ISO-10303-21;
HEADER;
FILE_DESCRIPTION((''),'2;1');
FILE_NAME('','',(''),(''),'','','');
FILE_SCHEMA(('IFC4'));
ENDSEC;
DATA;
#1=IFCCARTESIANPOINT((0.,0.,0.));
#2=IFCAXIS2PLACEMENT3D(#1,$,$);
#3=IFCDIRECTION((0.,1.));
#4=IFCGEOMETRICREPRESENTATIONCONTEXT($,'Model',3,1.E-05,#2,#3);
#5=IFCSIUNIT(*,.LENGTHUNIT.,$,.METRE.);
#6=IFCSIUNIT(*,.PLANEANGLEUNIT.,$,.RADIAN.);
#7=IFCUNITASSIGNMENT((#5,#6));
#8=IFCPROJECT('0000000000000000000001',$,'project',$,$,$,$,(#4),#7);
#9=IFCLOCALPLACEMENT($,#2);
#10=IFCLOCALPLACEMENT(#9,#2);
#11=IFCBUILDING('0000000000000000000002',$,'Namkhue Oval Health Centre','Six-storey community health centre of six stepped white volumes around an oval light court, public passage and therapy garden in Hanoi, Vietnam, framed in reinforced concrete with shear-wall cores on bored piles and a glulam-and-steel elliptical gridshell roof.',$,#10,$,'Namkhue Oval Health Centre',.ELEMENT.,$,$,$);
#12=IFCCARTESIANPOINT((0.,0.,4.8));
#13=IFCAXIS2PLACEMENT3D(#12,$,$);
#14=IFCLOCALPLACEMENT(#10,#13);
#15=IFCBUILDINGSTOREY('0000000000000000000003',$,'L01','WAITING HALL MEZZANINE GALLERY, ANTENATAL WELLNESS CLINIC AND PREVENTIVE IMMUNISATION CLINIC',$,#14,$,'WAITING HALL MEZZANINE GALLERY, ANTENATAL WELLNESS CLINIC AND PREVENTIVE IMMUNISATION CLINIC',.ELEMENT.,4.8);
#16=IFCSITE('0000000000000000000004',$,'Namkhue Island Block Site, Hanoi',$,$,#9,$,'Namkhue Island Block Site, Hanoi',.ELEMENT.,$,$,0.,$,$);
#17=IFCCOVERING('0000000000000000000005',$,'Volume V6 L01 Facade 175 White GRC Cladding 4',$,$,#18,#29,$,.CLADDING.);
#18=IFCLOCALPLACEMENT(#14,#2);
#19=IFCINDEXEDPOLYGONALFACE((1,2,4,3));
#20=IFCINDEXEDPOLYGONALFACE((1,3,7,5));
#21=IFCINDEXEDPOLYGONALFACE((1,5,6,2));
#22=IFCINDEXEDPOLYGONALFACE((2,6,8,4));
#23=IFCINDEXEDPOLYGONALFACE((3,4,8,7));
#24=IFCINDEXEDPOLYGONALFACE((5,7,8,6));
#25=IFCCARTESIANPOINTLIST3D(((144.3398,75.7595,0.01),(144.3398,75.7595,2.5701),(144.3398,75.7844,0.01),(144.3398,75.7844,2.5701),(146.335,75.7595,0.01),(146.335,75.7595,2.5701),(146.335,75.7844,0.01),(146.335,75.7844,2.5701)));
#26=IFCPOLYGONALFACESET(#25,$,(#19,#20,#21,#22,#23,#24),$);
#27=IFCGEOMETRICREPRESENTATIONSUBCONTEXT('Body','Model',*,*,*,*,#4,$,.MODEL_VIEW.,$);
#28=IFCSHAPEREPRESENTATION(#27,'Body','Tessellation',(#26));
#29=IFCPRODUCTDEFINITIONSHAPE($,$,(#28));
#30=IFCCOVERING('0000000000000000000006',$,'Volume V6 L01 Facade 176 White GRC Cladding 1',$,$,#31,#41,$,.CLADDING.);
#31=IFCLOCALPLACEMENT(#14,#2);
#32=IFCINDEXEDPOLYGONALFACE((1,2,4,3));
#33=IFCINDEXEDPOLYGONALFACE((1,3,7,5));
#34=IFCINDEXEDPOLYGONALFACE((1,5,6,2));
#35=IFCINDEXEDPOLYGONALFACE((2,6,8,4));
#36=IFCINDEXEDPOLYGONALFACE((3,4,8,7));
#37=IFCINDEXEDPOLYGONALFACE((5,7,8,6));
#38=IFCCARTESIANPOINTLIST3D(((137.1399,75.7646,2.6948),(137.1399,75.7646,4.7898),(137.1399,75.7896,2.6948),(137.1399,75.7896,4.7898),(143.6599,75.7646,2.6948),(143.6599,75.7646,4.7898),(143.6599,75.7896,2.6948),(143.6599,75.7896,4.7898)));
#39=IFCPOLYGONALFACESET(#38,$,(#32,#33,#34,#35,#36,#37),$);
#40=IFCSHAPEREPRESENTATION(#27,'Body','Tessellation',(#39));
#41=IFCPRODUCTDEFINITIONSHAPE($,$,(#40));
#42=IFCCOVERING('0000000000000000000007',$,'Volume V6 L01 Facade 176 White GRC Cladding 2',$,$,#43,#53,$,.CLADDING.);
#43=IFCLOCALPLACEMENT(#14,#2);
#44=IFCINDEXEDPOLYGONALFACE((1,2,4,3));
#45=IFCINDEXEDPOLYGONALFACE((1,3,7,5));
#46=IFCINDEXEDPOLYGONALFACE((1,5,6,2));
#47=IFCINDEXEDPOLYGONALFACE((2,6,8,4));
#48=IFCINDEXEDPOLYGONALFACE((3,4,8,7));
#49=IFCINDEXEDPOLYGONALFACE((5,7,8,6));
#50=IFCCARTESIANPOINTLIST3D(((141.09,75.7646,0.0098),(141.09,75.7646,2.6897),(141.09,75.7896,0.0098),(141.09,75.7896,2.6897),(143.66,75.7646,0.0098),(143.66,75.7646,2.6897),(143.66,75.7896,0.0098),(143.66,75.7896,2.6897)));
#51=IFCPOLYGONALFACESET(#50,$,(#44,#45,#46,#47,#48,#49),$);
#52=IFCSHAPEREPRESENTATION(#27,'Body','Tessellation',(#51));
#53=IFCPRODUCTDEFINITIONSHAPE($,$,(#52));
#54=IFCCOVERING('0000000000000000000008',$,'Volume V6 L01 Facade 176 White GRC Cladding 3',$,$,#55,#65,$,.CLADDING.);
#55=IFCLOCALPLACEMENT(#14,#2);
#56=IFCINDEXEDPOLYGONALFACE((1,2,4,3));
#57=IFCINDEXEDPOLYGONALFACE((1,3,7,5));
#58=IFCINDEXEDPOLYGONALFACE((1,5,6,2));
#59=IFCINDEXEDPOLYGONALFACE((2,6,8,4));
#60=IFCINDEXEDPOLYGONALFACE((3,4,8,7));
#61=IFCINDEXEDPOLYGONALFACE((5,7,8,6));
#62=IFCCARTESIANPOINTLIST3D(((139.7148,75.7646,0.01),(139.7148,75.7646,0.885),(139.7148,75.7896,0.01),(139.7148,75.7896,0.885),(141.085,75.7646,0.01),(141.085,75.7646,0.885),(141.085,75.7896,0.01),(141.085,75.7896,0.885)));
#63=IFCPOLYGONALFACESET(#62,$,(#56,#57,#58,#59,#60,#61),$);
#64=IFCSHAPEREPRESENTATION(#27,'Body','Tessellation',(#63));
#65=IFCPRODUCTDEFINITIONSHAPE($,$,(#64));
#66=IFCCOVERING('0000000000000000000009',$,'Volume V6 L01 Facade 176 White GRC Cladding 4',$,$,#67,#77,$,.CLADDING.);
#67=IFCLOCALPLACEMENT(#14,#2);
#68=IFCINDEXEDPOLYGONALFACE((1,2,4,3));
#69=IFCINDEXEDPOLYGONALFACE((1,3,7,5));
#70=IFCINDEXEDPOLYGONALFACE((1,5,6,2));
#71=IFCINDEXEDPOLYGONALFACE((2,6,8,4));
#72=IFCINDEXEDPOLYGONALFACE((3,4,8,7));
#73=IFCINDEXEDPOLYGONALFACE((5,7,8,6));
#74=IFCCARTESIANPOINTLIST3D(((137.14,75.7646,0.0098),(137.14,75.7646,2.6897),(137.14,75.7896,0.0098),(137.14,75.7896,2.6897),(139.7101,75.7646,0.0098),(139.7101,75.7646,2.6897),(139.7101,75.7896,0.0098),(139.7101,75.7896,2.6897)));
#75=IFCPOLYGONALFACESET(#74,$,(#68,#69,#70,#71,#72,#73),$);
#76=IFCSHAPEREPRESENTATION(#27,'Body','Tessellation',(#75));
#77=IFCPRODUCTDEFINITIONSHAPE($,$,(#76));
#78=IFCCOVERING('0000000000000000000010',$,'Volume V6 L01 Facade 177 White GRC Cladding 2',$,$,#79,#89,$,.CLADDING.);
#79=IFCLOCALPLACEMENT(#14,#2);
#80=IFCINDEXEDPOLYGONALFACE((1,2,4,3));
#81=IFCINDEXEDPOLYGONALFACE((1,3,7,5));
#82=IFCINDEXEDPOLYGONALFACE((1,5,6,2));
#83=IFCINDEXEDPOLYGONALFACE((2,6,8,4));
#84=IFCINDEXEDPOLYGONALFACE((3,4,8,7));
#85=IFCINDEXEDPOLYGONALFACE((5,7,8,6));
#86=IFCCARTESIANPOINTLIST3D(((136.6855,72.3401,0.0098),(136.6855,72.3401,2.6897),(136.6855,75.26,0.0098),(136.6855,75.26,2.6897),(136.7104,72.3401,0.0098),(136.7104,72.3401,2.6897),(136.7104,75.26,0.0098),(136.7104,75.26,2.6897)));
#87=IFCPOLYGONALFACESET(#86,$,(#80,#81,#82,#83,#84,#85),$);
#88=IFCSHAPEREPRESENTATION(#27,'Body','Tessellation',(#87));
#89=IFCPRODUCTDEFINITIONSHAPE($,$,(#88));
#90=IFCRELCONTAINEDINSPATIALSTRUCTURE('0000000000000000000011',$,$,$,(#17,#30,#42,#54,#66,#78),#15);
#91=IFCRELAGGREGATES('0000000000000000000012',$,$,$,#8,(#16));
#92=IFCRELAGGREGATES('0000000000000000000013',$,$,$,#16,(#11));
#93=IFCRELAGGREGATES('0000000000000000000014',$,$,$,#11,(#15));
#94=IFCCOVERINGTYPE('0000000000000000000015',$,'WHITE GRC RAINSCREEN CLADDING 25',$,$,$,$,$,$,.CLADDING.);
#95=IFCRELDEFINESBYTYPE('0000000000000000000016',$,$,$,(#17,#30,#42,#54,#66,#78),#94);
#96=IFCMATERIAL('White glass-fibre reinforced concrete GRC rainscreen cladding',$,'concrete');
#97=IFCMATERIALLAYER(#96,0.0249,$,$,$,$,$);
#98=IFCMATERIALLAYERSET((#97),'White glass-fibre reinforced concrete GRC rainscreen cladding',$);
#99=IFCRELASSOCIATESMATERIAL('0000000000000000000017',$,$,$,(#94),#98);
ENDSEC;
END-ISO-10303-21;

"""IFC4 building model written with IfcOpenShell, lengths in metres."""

from ifc_helpers import new_model, si_unit, direction, frame, origin, origin_2d, place, context, subcontext, project, spatial, rectangle, extrude, material, layer, layer_set, type_object, element, save


model = new_model("IFC4")

# Units and contexts
model_context = context("Model", 3, precision=1e-05, world=origin(), true_north=direction((0.0, 1.0)))
body_context = subcontext(model_context, "Body", "Model", "MODEL_VIEW")
ifc_project = project(units=[si_unit("LENGTHUNIT", "METRE"), si_unit("PLANEANGLEUNIT", "RADIAN")], contexts=[model_context])

# Site, building, storey
site_placement = place(None, origin())
site = spatial("IfcSite", under=ifc_project, at=site_placement, Name="Namkhue Island Block Site, Hanoi", LongName="Namkhue Island Block Site, Hanoi", CompositionType="ELEMENT", RefElevation=0.0)
building_placement = place(site_placement, origin())
building = spatial("IfcBuilding", under=site, at=building_placement, Name="Namkhue Oval Health Centre", Description="Six-storey community health centre of six stepped white volumes around an oval light court, public passage and therapy garden in Hanoi, Vietnam, framed in reinforced concrete with shear-wall cores on bored piles and a glulam-and-steel elliptical gridshell roof.", LongName="Namkhue Oval Health Centre", CompositionType="ELEMENT")
storey_placement = place(building_placement, frame((0.0, 0.0, 4.8)))
storey = spatial("IfcBuildingStorey", under=building, at=storey_placement, Name="L01", Description="WAITING HALL MEZZANINE GALLERY, ANTENATAL WELLNESS CLINIC AND PREVENTIVE IMMUNISATION CLINIC", LongName="WAITING HALL MEZZANINE GALLERY, ANTENATAL WELLNESS CLINIC AND PREVENTIVE IMMUNISATION CLINIC", CompositionType="ELEMENT", Elevation=4.8)

# Coverings
ifc_material_1 = material(Name="White glass-fibre reinforced concrete GRC rainscreen cladding", Category="concrete")
ifc_layer_1 = layer(ifc_material_1, 0.0249)
ifc_layer_set_1 = layer_set([ifc_layer_1], Name="White glass-fibre reinforced concrete GRC rainscreen cladding")
covering_type = type_object("IfcCoveringType", Name="WHITE GRC RAINSCREEN CLADDING 25", PredefinedType="CLADDING", material=ifc_layer_set_1)
covering_1_placement = place(storey_placement, frame((145.3374, 75.772, 0.01), z_axis=(0.0, 0.0, 1.0), x_axis=(-1.0, 0.0, 0.0)))
element("IfcCovering", 1, at=covering_1_placement, inside=storey, type_object=covering_type, Name="Volume V6 L01 Facade 175 White GRC Cladding 4", PredefinedType="CLADDING", context=body_context, shape_type="SweptSolid", body=[
    extrude(rectangle(XDim=1.9951, YDim=0.0249, at=origin_2d()), origin(), (0.0, 0.0, 1.0), 2.5601),
])
covering_2_placement = place(storey_placement, frame((140.3999, 75.7771, 2.6948), z_axis=(0.0, 0.0, 1.0), x_axis=(-1.0, 0.0, 0.0)))
element("IfcCovering", 2, at=covering_2_placement, inside=storey, type_object=covering_type, Name="Volume V6 L01 Facade 176 White GRC Cladding 1", PredefinedType="CLADDING", context=body_context, shape_type="SweptSolid", body=[
    extrude(rectangle(XDim=6.52, YDim=0.0249, at=origin_2d()), origin(), (0.0, 0.0, 1.0), 2.095),
])
covering_3_placement = place(storey_placement, frame((142.375, 75.7771, 0.0098), z_axis=(0.0, 0.0, 1.0), x_axis=(-1.0, 0.0, 0.0)))
element("IfcCovering", 3, at=covering_3_placement, inside=storey, type_object=covering_type, Name="Volume V6 L01 Facade 176 White GRC Cladding 2", PredefinedType="CLADDING", context=body_context, shape_type="SweptSolid", body=[
    extrude(rectangle(XDim=2.5701, YDim=0.0249, at=origin_2d()), origin(), (0.0, 0.0, 1.0), 2.6799),
])
covering_4_placement = place(storey_placement, frame((140.3999, 75.7771, 0.01), z_axis=(0.0, 0.0, 1.0), x_axis=(-1.0, 0.0, 0.0)))
element("IfcCovering", 4, at=covering_4_placement, inside=storey, type_object=covering_type, Name="Volume V6 L01 Facade 176 White GRC Cladding 3", PredefinedType="CLADDING", context=body_context, shape_type="SweptSolid", body=[
    extrude(rectangle(XDim=1.3701, YDim=0.0249, at=origin_2d()), origin(), (0.0, 0.0, 1.0), 0.875),
])
covering_5_placement = place(storey_placement, frame((138.425, 75.7771, 0.0098), z_axis=(0.0, 0.0, 1.0), x_axis=(-1.0, 0.0, 0.0)))
element("IfcCovering", 5, at=covering_5_placement, inside=storey, type_object=covering_type, Name="Volume V6 L01 Facade 176 White GRC Cladding 4", PredefinedType="CLADDING", context=body_context, shape_type="SweptSolid", body=[
    extrude(rectangle(XDim=2.5701, YDim=0.0249, at=origin_2d()), origin(), (0.0, 0.0, 1.0), 2.6799),
])
covering_6_placement = place(storey_placement, frame((136.698, 73.8, 0.0098), z_axis=(0.0, 0.0, 1.0), x_axis=(0.0, -1.0, 0.0)))
element("IfcCovering", 6, at=covering_6_placement, inside=storey, type_object=covering_type, Name="Volume V6 L01 Facade 177 White GRC Cladding 2", PredefinedType="CLADDING", context=body_context, shape_type="SweptSolid", body=[
    extrude(rectangle(XDim=2.9199, YDim=0.0249, at=origin_2d()), origin(), (0.0, 0.0, 1.0), 2.6799),
])

save(model, "model.ifc")
